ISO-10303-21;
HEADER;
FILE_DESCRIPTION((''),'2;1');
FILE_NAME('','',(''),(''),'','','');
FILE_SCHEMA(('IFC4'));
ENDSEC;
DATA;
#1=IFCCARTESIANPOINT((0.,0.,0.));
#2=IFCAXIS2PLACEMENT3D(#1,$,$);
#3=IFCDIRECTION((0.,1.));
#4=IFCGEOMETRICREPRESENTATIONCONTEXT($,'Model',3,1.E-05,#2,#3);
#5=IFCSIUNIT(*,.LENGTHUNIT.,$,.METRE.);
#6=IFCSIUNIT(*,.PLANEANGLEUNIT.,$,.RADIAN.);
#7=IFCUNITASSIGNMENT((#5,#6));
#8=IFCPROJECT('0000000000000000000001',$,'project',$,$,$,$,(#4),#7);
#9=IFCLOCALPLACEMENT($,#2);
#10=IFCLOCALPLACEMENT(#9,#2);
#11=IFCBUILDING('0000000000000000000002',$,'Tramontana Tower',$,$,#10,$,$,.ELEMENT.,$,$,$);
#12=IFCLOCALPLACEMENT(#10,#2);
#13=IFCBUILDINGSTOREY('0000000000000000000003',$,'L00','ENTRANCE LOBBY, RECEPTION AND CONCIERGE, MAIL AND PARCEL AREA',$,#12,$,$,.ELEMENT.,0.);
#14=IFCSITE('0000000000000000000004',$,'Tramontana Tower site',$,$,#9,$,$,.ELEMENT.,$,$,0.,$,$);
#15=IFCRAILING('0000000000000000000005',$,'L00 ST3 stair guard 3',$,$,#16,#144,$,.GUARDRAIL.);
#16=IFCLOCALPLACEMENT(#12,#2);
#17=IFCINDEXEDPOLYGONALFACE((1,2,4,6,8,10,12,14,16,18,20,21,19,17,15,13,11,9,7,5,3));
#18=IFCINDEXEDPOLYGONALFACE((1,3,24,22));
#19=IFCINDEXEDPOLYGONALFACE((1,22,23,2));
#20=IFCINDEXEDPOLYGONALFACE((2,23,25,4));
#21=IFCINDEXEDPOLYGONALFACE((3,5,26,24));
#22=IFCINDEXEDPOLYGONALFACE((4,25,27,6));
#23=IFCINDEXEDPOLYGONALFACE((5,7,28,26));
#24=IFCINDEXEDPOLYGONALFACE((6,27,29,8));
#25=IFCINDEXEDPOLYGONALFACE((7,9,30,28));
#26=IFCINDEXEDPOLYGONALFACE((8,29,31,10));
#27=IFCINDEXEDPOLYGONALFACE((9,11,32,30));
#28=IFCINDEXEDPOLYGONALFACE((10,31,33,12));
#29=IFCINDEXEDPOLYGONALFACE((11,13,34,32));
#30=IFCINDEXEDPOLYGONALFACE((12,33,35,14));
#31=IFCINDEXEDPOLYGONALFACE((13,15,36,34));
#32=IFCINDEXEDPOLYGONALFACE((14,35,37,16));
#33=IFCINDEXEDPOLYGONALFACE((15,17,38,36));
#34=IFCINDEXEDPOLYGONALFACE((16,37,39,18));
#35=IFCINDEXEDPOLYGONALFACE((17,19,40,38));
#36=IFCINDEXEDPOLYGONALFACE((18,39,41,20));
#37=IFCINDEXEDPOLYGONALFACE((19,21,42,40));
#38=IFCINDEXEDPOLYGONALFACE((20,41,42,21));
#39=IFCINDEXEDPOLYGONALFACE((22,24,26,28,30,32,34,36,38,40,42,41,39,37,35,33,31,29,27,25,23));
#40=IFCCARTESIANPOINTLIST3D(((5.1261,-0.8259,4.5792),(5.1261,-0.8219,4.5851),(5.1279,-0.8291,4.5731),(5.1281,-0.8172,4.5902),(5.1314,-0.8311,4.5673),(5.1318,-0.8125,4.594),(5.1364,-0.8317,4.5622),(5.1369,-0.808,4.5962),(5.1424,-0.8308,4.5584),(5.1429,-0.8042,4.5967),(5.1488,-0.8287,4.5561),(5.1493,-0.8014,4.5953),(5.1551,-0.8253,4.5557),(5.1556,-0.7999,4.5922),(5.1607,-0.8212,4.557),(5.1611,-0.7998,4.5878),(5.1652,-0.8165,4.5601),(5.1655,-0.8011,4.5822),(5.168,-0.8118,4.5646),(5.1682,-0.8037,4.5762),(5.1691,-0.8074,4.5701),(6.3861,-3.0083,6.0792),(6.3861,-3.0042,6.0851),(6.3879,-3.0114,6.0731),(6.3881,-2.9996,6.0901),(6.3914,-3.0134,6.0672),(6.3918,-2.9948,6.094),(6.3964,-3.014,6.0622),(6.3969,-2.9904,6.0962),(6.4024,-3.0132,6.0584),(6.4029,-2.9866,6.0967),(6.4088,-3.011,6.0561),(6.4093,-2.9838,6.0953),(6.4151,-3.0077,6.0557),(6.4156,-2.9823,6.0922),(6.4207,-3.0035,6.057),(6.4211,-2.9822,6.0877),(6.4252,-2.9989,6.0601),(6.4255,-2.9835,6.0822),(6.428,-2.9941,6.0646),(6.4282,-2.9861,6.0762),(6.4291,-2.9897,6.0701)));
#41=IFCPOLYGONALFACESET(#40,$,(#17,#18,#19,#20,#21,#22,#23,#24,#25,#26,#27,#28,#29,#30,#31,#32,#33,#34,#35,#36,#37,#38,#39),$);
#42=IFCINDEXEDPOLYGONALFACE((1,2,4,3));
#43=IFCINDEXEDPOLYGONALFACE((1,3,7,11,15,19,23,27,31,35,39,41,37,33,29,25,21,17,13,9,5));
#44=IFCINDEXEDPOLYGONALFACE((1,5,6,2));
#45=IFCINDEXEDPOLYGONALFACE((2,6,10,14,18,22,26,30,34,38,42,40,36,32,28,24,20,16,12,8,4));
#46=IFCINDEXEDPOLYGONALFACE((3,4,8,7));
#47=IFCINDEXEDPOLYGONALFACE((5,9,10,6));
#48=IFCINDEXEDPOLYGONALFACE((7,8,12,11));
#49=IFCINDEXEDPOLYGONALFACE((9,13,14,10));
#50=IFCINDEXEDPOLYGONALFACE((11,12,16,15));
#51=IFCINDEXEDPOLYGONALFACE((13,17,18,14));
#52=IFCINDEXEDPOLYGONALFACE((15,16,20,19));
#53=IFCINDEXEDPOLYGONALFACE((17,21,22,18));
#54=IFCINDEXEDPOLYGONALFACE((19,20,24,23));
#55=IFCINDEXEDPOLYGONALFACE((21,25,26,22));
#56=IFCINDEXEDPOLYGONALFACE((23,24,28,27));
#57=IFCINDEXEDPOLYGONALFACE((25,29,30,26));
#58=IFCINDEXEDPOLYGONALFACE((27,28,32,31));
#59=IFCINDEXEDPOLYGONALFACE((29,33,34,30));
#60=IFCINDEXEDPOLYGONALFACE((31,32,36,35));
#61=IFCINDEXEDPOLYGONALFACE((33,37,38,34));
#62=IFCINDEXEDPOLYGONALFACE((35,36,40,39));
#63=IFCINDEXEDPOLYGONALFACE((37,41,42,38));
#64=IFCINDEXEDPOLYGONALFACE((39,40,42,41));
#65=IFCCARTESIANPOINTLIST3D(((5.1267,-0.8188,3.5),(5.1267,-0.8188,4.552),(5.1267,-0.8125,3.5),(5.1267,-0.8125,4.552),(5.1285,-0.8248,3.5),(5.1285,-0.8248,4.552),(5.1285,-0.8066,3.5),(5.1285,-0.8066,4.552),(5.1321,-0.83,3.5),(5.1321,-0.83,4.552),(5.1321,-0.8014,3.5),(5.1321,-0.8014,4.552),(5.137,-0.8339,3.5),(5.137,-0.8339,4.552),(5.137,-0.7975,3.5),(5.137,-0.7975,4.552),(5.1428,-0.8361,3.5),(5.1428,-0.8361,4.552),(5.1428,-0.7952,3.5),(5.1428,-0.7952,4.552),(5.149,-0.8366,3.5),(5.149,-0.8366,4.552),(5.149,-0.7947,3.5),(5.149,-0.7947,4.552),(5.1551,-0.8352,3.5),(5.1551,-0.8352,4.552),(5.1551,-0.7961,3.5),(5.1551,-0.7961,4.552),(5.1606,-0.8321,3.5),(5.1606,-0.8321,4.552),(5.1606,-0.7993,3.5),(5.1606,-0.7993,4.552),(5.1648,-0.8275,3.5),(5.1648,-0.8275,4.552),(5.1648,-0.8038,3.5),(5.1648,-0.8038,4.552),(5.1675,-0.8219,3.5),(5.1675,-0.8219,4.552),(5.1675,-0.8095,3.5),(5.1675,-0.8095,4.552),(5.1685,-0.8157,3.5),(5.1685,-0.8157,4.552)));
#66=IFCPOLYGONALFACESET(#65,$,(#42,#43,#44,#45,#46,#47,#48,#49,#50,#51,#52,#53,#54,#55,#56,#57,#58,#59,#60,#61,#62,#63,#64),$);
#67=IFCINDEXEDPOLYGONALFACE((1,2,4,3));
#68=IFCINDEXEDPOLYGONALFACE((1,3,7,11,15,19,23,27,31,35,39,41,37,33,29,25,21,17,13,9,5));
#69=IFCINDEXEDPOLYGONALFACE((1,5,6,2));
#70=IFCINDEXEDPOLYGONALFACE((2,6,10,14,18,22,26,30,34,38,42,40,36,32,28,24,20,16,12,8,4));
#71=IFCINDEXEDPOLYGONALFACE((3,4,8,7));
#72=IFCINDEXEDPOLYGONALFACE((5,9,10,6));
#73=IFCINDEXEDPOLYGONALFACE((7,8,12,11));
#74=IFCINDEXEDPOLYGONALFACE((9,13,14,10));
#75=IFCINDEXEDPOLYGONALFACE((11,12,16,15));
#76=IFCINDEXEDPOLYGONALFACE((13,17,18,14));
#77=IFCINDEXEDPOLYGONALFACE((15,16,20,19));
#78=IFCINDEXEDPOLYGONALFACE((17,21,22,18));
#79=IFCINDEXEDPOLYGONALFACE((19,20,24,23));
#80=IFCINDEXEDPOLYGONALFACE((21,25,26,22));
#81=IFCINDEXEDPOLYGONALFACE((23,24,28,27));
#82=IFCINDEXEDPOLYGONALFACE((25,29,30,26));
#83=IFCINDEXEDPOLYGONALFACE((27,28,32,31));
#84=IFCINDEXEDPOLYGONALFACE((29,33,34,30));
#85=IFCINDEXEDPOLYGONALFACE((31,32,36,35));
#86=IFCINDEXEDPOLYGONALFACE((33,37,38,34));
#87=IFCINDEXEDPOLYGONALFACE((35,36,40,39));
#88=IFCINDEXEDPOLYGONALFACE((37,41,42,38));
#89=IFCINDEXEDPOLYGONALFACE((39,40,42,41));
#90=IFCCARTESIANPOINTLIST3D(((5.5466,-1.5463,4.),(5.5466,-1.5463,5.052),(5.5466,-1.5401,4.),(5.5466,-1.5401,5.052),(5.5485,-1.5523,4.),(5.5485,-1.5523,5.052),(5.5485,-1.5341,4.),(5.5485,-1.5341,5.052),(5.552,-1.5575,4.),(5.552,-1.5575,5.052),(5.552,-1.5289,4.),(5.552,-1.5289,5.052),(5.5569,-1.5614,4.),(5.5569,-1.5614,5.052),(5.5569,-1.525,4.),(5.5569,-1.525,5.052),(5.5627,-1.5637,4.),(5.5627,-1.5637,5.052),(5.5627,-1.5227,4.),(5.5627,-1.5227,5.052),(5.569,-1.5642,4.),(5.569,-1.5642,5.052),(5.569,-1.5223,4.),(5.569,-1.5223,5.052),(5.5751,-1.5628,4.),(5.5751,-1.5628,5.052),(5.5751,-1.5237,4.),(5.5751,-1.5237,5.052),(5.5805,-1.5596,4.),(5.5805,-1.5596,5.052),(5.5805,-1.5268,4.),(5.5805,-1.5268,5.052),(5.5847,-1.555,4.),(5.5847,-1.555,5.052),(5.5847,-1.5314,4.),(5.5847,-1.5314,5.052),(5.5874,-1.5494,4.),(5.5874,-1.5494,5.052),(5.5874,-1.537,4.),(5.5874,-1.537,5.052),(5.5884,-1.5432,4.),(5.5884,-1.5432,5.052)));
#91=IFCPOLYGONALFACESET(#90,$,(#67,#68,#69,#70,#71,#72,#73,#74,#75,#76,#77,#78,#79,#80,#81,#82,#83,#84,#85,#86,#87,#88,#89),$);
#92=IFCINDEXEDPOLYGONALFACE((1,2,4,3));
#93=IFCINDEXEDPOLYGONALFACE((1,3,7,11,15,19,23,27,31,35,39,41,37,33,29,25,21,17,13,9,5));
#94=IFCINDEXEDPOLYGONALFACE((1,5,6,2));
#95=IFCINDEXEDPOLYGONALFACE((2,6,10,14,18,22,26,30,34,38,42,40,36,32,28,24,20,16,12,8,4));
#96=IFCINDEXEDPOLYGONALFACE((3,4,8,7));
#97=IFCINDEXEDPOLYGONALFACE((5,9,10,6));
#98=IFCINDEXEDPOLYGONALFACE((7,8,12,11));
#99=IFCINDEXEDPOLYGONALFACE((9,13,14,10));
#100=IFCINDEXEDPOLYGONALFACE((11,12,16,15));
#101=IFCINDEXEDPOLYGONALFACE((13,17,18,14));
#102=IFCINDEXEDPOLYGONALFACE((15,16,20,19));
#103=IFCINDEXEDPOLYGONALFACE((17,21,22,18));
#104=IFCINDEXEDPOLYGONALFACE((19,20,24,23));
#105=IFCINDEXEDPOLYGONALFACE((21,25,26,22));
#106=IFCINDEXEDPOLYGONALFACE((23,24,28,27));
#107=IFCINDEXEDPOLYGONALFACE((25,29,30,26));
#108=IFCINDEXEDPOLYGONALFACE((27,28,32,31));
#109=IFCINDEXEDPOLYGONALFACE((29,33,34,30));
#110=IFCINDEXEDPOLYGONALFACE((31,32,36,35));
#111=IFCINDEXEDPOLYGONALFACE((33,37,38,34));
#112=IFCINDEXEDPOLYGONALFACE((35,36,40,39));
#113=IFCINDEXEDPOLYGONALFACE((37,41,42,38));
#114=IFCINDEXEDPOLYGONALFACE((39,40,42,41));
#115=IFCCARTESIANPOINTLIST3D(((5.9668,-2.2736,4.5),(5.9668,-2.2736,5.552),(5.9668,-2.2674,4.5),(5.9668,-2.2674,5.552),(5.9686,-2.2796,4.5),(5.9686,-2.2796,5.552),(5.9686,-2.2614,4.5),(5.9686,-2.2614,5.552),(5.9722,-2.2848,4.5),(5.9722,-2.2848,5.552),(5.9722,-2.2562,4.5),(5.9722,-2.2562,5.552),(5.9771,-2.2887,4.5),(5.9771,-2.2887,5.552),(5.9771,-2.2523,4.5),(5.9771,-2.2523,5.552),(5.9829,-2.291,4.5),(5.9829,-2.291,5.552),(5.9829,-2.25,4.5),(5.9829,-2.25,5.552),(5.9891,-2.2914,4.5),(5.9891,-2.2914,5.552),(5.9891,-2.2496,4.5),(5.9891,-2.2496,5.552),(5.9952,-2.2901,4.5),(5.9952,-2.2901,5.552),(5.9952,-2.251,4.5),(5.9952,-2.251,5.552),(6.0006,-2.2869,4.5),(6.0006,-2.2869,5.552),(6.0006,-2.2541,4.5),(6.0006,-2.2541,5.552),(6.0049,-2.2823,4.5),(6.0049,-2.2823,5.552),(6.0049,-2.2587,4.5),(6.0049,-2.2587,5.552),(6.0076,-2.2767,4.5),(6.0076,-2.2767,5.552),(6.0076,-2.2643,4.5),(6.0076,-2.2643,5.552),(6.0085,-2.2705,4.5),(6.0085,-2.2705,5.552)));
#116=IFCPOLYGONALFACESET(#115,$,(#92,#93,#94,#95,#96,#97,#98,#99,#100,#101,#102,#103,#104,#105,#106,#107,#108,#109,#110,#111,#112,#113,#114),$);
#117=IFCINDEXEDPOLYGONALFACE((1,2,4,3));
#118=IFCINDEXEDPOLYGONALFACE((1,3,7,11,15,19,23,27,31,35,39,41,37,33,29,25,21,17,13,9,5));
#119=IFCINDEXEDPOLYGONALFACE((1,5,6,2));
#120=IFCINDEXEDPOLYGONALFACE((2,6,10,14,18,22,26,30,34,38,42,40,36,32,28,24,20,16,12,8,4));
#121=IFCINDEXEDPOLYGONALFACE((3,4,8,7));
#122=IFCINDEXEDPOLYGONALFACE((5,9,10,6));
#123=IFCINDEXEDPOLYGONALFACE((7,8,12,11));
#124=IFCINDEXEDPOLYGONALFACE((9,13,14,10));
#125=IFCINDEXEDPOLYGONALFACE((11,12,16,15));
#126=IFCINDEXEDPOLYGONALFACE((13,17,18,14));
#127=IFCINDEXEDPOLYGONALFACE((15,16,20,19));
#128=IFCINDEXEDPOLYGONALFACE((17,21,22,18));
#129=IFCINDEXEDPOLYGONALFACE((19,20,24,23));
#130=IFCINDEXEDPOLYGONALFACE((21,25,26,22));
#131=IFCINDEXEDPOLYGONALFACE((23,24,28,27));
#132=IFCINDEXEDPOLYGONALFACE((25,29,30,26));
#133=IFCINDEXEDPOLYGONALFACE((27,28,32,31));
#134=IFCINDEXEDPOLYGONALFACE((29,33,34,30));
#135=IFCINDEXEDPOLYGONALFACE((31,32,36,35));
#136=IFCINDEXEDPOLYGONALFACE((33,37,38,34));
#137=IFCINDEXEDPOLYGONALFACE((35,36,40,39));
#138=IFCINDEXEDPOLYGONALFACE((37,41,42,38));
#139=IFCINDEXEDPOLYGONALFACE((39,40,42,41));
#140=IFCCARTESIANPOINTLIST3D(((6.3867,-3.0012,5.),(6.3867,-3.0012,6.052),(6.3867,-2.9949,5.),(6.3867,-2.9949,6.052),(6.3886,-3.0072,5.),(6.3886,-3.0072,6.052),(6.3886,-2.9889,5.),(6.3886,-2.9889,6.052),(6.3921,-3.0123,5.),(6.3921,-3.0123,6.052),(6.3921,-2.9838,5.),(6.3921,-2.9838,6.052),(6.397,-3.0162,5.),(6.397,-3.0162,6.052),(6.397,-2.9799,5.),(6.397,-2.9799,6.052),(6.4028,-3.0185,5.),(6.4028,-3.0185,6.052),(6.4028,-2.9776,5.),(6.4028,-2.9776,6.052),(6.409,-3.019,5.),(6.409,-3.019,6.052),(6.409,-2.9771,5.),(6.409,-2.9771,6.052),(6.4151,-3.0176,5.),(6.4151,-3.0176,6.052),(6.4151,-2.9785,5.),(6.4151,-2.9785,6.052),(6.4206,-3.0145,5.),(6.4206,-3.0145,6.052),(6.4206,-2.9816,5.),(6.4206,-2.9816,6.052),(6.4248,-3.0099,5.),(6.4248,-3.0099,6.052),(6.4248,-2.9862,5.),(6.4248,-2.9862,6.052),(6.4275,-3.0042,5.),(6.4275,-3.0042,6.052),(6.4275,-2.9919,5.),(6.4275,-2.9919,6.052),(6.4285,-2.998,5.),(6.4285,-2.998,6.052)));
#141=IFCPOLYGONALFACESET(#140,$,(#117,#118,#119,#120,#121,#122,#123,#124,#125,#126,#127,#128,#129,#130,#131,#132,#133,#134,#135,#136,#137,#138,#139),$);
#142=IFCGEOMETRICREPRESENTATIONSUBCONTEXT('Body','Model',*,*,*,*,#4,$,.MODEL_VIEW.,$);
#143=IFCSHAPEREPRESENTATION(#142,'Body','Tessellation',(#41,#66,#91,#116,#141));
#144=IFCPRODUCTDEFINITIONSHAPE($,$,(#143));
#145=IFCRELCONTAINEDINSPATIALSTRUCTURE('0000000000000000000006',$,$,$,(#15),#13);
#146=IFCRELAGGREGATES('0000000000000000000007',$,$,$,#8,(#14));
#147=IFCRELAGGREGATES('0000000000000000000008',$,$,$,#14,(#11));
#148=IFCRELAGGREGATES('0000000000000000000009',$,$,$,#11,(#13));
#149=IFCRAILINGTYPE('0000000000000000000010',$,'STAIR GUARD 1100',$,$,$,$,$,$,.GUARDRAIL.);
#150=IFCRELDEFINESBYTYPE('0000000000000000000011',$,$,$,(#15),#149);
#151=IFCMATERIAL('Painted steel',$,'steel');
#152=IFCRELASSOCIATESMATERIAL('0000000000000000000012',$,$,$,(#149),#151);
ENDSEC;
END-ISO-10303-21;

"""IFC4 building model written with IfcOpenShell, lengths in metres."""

from ifc_helpers import new_model, si_unit, direction, frame, origin, origin_2d, place, context, subcontext, project, spatial, circle, extrude, material, type_object, element, save


model = new_model("IFC4")

# Units and contexts
model_context = context("Model", 3, precision=1e-05, world=origin(), true_north=direction((0.0, 1.0)))
body_context = subcontext(model_context, "Body", "Model", "MODEL_VIEW")
ifc_project = project(units=[si_unit("LENGTHUNIT", "METRE"), si_unit("PLANEANGLEUNIT", "RADIAN")], contexts=[model_context])

# Site, building, storey
site_placement = place(None, origin())
site = spatial("IfcSite", under=ifc_project, at=site_placement, Name="Tramontana Tower site", CompositionType="ELEMENT", RefElevation=0.0)
building_placement = place(site_placement, origin())
building = spatial("IfcBuilding", under=site, at=building_placement, Name="Tramontana Tower", CompositionType="ELEMENT")
storey_placement = place(building_placement, origin())
storey = spatial("IfcBuildingStorey", under=building, at=storey_placement, Name="L00", Description="ENTRANCE LOBBY, RECEPTION AND CONCIERGE, MAIL AND PARCEL AREA", CompositionType="ELEMENT", Elevation=0.0)

# Railing
ifc_material_1 = material(Name="Painted steel", Category="steel")
railing_type = type_object("IfcRailingType", Name="STAIR GUARD 1100", PredefinedType="GUARDRAIL", material=ifc_material_1)
for number, where, name in (
    (1, (5.1475, -0.8157, 3.5), "L00 ST3 stair guard 3"),
):
    element("IfcRailing", number, at=place(storey_placement, frame(where)), inside=storey, type_object=railing_type, Name=name, PredefinedType="GUARDRAIL", context=body_context, shape_type="SweptSolid", body=[
        extrude(circle(Radius=0.0239, at=origin_2d()), frame((0.0, 0.0, 1.0762), z_axis=(0.42965, -0.744167, 0.511485), x_axis=(0.866023, 0.500005, 0.0)), (0.0, 0.0, 1.0), 2.9326),
        extrude(circle(Radius=0.021, at=origin_2d()), origin(), (0.0, 0.0, 1.0), 1.052),
        extrude(circle(Radius=0.021, at=origin_2d()), frame((0.4199, -0.7275, 0.5)), (0.0, 0.0, 1.0), 1.052),
        extrude(circle(Radius=0.021, at=origin_2d()), frame((0.8401, -1.4548, 1.0)), (0.0, 0.0, 1.0), 1.052),
        extrude(circle(Radius=0.021, at=origin_2d()), frame((1.26, -2.1824, 1.5)), (0.0, 0.0, 1.0), 1.052),
    ])

save(model, "model.ifc")
